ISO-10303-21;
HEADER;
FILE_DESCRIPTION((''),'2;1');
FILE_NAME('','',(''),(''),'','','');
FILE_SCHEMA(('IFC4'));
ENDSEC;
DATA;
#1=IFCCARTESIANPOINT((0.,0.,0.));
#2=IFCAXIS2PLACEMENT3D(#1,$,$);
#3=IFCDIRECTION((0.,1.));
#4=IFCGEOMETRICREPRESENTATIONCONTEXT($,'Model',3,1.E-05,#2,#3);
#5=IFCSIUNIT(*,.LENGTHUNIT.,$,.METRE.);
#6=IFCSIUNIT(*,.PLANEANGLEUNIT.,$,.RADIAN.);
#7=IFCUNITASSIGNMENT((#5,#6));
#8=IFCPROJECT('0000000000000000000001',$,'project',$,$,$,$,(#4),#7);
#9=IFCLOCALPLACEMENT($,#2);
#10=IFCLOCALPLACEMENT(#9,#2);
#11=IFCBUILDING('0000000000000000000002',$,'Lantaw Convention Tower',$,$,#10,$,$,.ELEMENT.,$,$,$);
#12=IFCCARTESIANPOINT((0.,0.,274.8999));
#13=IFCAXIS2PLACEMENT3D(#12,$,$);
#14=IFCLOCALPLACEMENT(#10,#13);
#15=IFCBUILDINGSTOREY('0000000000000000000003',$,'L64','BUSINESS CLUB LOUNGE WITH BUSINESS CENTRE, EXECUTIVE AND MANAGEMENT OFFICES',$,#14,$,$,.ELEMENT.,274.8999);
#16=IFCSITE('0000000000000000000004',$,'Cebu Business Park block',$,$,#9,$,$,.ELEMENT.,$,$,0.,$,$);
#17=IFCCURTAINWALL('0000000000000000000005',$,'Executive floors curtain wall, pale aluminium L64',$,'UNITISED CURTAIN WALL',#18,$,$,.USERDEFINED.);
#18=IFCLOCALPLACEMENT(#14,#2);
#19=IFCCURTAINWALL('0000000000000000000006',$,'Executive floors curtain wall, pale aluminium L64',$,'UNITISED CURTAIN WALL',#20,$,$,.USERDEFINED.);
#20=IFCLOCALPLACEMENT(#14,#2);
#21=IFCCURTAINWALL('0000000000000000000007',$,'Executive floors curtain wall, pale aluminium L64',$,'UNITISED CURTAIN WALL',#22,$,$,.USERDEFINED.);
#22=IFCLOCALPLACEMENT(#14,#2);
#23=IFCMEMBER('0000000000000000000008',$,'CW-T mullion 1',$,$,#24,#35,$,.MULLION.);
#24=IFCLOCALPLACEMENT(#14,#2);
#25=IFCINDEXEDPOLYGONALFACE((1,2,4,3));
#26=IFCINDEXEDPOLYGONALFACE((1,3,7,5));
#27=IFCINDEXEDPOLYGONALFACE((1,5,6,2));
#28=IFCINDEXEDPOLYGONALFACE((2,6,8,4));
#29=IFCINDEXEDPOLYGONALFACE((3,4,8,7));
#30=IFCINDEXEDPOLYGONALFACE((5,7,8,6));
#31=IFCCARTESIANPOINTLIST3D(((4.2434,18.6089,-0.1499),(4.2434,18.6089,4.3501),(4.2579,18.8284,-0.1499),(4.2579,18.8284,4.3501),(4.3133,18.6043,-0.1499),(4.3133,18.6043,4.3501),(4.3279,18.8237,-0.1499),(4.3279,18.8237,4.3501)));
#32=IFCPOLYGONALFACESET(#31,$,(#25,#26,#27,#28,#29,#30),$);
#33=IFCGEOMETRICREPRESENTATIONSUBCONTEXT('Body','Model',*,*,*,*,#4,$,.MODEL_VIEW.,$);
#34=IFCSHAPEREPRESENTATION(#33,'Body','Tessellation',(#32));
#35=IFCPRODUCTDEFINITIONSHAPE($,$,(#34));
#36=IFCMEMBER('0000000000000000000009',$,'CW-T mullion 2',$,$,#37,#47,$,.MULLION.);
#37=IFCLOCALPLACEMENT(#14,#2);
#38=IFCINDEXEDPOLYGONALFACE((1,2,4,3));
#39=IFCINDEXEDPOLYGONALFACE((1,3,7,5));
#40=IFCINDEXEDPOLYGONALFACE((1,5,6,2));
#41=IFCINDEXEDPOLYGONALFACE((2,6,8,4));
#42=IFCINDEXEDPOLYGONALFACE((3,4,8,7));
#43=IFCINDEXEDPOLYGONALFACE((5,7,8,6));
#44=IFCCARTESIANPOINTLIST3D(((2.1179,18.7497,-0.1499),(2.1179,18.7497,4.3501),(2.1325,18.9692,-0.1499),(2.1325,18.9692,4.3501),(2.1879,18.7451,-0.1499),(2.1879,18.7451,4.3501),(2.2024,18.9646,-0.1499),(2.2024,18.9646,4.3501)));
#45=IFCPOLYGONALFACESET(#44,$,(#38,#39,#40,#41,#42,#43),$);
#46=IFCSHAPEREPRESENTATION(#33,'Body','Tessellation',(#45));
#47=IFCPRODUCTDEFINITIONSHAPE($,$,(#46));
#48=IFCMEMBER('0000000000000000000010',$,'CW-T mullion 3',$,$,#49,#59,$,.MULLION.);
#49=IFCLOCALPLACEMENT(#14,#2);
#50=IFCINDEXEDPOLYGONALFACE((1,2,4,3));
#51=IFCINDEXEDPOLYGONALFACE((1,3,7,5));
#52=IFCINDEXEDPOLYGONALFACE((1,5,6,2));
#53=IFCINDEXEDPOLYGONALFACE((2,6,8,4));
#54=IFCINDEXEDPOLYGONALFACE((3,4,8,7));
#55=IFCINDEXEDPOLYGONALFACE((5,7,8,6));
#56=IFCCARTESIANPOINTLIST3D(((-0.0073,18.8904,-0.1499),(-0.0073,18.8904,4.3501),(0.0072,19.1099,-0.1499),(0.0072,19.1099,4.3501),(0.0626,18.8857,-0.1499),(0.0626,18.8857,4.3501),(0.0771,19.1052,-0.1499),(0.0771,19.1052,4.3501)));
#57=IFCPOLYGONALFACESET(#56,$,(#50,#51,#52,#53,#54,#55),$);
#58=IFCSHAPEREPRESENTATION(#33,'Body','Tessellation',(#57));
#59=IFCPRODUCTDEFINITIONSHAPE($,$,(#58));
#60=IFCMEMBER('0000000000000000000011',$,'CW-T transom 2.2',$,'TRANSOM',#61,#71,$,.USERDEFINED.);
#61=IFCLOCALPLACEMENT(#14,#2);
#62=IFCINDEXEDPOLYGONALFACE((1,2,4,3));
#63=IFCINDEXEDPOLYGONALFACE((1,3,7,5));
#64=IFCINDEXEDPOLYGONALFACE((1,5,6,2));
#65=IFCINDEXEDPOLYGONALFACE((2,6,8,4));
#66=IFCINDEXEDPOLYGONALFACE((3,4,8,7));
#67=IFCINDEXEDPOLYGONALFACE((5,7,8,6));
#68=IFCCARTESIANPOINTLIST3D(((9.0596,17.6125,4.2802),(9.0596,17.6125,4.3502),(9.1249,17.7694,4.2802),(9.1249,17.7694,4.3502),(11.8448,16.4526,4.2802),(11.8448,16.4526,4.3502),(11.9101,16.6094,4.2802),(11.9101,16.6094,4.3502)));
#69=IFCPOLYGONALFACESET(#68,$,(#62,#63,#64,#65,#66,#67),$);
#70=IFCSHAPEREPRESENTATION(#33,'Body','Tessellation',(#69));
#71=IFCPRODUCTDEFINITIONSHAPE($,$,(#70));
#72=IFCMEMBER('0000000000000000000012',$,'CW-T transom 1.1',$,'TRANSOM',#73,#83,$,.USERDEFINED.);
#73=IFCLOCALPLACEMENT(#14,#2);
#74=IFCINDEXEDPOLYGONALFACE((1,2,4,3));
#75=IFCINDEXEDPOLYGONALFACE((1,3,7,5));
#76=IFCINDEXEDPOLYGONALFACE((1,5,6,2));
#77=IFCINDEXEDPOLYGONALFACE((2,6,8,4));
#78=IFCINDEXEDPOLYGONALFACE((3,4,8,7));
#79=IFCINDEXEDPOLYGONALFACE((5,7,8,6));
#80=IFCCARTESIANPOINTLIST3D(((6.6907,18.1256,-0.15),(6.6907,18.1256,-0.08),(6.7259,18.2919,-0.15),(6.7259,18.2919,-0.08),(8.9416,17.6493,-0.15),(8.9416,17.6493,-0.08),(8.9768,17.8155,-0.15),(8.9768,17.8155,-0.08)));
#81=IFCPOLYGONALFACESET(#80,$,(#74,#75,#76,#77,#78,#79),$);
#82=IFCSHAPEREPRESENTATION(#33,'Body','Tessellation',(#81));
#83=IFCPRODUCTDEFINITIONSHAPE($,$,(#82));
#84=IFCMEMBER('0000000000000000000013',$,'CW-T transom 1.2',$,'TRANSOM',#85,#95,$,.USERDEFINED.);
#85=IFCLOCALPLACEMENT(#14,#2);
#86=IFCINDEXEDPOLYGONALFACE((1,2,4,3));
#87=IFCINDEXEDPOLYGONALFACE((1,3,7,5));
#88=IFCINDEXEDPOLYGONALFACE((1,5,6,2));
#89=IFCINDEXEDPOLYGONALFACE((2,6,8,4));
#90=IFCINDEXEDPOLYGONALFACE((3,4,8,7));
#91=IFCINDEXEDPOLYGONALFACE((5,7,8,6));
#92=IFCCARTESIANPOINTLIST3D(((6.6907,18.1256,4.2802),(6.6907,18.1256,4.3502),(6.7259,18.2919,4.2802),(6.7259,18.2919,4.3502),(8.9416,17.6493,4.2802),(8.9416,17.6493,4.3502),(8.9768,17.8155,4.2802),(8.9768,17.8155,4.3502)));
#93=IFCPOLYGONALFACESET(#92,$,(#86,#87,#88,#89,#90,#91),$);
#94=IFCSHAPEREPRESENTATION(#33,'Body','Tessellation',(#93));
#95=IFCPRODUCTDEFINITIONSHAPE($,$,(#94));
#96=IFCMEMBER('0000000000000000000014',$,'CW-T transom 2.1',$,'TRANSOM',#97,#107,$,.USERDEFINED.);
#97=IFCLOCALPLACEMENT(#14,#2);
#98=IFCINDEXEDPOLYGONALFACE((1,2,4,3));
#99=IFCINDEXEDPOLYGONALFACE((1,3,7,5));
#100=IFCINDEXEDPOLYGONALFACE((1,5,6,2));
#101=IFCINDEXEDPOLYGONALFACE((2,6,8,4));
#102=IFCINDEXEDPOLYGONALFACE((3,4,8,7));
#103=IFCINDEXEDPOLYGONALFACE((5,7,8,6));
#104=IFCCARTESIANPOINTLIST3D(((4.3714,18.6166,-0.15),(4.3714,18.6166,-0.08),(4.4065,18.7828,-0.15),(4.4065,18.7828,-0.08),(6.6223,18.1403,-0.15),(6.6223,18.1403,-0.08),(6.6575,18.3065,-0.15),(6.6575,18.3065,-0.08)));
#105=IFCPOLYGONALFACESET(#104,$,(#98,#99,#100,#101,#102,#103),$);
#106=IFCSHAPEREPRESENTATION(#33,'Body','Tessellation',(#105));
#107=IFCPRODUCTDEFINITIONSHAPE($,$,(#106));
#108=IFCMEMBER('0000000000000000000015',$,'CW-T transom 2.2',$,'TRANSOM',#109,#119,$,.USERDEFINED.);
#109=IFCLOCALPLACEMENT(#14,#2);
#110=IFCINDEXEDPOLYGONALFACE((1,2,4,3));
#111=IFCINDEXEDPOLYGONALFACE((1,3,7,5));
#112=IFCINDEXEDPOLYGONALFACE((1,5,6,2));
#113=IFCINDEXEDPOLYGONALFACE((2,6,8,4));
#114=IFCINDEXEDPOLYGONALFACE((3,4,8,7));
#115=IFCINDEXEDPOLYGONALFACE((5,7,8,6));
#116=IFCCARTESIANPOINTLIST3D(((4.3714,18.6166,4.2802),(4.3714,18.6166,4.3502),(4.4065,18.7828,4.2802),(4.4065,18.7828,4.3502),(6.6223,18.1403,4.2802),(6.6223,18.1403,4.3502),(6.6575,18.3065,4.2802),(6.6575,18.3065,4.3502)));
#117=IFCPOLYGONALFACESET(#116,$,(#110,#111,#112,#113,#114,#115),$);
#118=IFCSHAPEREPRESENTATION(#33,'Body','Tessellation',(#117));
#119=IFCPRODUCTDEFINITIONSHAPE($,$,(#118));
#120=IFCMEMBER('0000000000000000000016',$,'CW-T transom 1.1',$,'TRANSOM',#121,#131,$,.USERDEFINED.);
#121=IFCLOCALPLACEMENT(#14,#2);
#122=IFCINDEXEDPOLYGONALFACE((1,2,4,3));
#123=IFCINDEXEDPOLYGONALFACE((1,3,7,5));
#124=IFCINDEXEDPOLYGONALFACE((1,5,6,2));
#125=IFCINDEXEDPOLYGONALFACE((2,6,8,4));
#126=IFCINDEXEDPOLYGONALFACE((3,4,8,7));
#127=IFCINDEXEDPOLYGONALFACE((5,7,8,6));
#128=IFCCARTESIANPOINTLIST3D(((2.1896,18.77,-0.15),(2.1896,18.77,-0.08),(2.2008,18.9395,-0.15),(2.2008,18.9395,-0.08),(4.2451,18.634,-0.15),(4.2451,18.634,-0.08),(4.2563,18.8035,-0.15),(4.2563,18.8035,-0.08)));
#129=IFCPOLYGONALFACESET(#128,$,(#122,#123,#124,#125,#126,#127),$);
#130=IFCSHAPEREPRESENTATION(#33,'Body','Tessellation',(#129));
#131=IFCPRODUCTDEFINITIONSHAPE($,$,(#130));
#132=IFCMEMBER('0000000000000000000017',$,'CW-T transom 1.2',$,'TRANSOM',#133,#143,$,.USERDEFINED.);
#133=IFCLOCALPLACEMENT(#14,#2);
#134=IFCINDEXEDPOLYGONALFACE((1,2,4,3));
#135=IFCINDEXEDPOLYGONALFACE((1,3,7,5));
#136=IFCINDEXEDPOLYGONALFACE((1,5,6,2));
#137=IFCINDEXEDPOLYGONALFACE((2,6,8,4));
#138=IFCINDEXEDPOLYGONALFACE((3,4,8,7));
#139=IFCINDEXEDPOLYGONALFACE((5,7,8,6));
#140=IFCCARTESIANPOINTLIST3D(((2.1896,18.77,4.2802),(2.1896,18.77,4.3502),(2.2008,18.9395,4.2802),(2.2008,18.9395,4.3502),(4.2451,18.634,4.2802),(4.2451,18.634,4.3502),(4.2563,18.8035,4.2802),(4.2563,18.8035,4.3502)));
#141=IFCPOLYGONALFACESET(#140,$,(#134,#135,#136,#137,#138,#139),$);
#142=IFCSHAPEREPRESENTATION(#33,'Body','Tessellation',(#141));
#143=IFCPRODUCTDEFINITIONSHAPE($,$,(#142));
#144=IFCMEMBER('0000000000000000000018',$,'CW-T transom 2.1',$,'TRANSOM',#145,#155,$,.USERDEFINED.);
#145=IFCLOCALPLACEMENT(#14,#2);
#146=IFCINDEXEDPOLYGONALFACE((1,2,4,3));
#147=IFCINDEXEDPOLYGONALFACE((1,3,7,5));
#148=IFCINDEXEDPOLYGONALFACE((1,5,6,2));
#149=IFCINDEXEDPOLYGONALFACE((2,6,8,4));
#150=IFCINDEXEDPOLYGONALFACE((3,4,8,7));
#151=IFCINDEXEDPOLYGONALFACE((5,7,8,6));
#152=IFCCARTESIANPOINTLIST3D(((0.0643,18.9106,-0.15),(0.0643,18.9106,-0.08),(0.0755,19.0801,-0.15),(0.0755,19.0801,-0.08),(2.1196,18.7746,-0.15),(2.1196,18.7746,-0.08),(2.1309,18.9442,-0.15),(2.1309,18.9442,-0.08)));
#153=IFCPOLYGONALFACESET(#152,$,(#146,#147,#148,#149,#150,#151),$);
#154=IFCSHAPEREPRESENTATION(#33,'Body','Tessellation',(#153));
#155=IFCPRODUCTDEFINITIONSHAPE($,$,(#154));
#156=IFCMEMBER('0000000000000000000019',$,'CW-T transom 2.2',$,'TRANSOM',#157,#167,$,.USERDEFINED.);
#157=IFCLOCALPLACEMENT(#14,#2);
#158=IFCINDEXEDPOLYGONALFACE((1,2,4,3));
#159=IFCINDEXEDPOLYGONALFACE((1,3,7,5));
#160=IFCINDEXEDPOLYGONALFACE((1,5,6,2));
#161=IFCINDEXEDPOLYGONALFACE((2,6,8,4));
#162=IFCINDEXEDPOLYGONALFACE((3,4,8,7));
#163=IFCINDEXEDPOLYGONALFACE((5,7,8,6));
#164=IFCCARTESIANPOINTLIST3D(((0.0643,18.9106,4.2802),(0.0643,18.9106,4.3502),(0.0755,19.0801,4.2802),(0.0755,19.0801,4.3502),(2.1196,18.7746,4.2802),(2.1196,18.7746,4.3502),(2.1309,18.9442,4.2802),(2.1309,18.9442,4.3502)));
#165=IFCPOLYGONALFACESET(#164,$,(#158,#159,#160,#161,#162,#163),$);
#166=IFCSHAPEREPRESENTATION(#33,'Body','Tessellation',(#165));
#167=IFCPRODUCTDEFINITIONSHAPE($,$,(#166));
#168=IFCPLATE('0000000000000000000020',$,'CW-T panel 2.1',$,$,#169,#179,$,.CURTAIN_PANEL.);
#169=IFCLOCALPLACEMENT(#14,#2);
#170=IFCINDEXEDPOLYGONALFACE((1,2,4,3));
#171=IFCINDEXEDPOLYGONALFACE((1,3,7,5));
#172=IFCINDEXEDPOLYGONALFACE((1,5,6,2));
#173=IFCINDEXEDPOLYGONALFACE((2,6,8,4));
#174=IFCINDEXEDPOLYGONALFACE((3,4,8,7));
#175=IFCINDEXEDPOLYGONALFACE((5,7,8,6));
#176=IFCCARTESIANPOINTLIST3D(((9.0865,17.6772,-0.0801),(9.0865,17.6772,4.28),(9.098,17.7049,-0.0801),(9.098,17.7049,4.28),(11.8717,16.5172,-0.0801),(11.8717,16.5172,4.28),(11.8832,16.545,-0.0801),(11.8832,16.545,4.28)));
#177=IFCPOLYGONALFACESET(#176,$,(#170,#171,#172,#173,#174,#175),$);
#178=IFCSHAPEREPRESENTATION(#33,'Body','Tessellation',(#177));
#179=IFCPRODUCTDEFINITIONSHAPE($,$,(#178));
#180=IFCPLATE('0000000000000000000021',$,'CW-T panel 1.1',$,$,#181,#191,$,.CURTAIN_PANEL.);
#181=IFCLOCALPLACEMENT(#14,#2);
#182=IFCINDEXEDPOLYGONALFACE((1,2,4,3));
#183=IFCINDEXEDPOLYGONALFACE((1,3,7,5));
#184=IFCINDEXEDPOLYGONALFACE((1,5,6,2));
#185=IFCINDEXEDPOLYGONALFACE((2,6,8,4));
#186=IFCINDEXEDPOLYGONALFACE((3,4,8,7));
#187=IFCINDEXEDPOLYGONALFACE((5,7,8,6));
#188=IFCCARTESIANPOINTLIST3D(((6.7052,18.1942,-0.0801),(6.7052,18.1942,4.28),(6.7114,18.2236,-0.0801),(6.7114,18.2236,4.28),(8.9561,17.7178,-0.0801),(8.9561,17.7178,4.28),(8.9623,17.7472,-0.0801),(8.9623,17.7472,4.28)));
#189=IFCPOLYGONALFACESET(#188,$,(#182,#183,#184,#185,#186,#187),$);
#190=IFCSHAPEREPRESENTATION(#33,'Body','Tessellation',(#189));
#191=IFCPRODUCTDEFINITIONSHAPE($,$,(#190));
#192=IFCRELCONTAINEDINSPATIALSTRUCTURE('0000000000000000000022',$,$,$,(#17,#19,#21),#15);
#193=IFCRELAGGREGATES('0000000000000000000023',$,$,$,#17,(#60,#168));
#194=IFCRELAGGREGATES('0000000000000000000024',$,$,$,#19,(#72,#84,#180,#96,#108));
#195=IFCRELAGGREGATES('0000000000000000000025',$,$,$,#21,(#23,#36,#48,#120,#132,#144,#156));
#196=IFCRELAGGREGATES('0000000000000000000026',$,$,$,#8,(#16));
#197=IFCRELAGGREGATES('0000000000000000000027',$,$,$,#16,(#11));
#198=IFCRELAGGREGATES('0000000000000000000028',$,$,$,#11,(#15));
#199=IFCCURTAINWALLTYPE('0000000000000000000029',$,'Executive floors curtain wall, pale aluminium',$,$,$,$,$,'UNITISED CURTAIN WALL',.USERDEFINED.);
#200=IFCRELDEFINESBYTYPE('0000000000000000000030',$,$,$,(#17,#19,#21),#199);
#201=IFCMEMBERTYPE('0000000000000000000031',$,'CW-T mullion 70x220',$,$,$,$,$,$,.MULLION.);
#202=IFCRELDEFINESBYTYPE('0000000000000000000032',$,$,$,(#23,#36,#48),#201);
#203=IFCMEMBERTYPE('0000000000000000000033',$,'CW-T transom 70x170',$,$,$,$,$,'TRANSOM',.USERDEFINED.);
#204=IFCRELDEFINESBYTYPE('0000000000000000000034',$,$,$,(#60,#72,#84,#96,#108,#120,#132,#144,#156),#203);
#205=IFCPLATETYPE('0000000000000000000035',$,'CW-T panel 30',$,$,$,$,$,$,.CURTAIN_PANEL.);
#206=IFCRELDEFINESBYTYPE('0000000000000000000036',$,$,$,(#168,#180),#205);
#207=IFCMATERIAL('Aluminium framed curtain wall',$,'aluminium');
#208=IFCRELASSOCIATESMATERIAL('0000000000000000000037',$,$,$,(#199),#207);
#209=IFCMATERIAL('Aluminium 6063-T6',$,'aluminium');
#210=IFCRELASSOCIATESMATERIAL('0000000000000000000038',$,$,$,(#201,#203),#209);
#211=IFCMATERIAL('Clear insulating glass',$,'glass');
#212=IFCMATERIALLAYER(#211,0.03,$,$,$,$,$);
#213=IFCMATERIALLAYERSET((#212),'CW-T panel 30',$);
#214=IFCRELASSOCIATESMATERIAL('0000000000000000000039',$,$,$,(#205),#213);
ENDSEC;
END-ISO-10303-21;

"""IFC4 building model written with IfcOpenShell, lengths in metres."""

from ifc_helpers import new_model, si_unit, direction, frame, origin, origin_2d, place, context, subcontext, project, spatial, rectangle, extrude, material, layer, layer_set, material_profile, profile_set, type_object, element, aggregate, save


model = new_model("IFC4")

# Units and contexts
model_context = context("Model", 3, precision=1e-05, world=origin(), true_north=direction((0.0, 1.0)))
body_context = subcontext(model_context, "Body", "Model", "MODEL_VIEW")
ifc_project = project(units=[si_unit("LENGTHUNIT", "METRE"), si_unit("PLANEANGLEUNIT", "RADIAN")], contexts=[model_context])

# Site, building, storey
site_placement = place(None, origin())
site = spatial("IfcSite", under=ifc_project, at=site_placement, Name="Cebu Business Park block", CompositionType="ELEMENT", RefElevation=0.0)
building_placement = place(site_placement, origin())
building = spatial("IfcBuilding", under=site, at=building_placement, Name="Lantaw Convention Tower", CompositionType="ELEMENT")
storey_placement = place(building_placement, frame((0.0, 0.0, 274.8999)))
storey = spatial("IfcBuildingStorey", under=building, at=storey_placement, Name="L64", Description="BUSINESS CLUB LOUNGE WITH BUSINESS CENTRE, EXECUTIVE AND MANAGEMENT OFFICES", CompositionType="ELEMENT", Elevation=274.8999)

# Curtain wall
ifc_material_1 = material(Name="Aluminium framed curtain wall", Category="aluminium")
curtain_wall_type = type_object("IfcCurtainWallType", Name="Executive floors curtain wall, pale aluminium", ElementType="UNITISED CURTAIN WALL", PredefinedType="USERDEFINED", material=ifc_material_1)
curtain_wall_1_placement = place(storey_placement, origin())
curtain_wall_1 = element("IfcCurtainWall", 1, at=curtain_wall_1_placement, inside=storey, type_object=curtain_wall_type, Name="Executive floors curtain wall, pale aluminium L64", ObjectType="UNITISED CURTAIN WALL", PredefinedType="USERDEFINED")
ifc_material_2 = material(Name="Aluminium 6063-T6", Category="aluminium")
ifc_material_profile_1 = material_profile(ifc_material_2, rectangle(XDim=0.22, YDim=0.0701, at=origin_2d()), Name="CW-T mullion 70x220")
ifc_profile_set_1 = profile_set([ifc_material_profile_1], Name="Aluminium 6063-T6")
member_type_1 = type_object("IfcMemberType", Name="CW-T mullion 70x220", PredefinedType="MULLION", material=ifc_profile_set_1)

# Curtain walls, members
curtain_wall_2_placement = place(storey_placement, origin())
curtain_wall_2 = element("IfcCurtainWall", 2, at=curtain_wall_2_placement, inside=storey, type_object=curtain_wall_type, Name="Executive floors curtain wall, pale aluminium L64", ObjectType="UNITISED CURTAIN WALL", PredefinedType="USERDEFINED")
curtain_wall_3_placement = place(storey_placement, origin())
curtain_wall_3 = element("IfcCurtainWall", 3, at=curtain_wall_3_placement, inside=storey, type_object=curtain_wall_type, Name="Executive floors curtain wall, pale aluminium L64", ObjectType="UNITISED CURTAIN WALL", PredefinedType="USERDEFINED")
member_1_placement = place(storey_placement, frame((4.2856, 18.7163, -0.1499), z_axis=(0.0, 0.0, 1.0), x_axis=(-0.066025, -0.997818, 0.0)))
member_1 = element("IfcMember", 4, at=member_1_placement, type_object=member_type_1, Name="CW-T mullion 1", PredefinedType="MULLION", context=body_context, shape_type="SweptSolid", body=[
    extrude(rectangle(XDim=0.22, YDim=0.0701, at=origin_2d()), origin(), (0.0, 0.0, 1.0), 4.5),
])
member_2_placement = place(storey_placement, frame((2.1602, 18.8572, -0.1499), z_axis=(0.0, 0.0, 1.0), x_axis=(-0.066025, -0.997818, 0.0)))
member_2 = element("IfcMember", 5, at=member_2_placement, type_object=member_type_1, Name="CW-T mullion 2", PredefinedType="MULLION", context=body_context, shape_type="SweptSolid", body=[
    extrude(rectangle(XDim=0.22, YDim=0.0701, at=origin_2d()), origin(), (0.0, 0.0, 1.0), 4.5),
])
member_3_placement = place(storey_placement, frame((0.0349, 18.9978, -0.1499), z_axis=(0.0, 0.0, 1.0), x_axis=(-0.066025, -0.997818, 0.0)))
member_3 = element("IfcMember", 6, at=member_3_placement, type_object=member_type_1, Name="CW-T mullion 3", PredefinedType="MULLION", context=body_context, shape_type="SweptSolid", body=[
    extrude(rectangle(XDim=0.22, YDim=0.0701, at=origin_2d()), origin(), (0.0, 0.0, 1.0), 4.5),
])

# Members
ifc_material_profile_2 = material_profile(ifc_material_2, rectangle(XDim=0.1699, YDim=0.0701, at=origin_2d()), Name="CW-T transom 70x170")
ifc_profile_set_2 = profile_set([ifc_material_profile_2], Name="Aluminium 6063-T6")
member_type_2 = type_object("IfcMemberType", Name="CW-T transom 70x170", ElementType="TRANSOM", PredefinedType="USERDEFINED", material=ifc_profile_set_2)
member_4_placement = place(storey_placement, frame((11.8774, 16.531, 4.3152), z_axis=(-0.923144, 0.384454, 0.0), x_axis=(-0.384454, -0.923144, 0.0)))
member_4 = element("IfcMember", 7, at=member_4_placement, type_object=member_type_2, Name="CW-T transom 2.2", ObjectType="TRANSOM", PredefinedType="USERDEFINED", context=body_context, shape_type="SweptSolid", body=[
    extrude(rectangle(XDim=0.1699, YDim=0.0701, at=origin_2d()), origin(), (0.0, 0.0, 1.0), 3.0171),
])
member_5_placement = place(storey_placement, frame((8.9592, 17.7324, -0.115), z_axis=(-0.978336, 0.207021, 0.0), x_axis=(-0.207021, -0.978336, 0.0)))
member_5 = element("IfcMember", 8, at=member_5_placement, type_object=member_type_2, Name="CW-T transom 1.1", ObjectType="TRANSOM", PredefinedType="USERDEFINED", context=body_context, shape_type="SweptSolid", body=[
    extrude(rectangle(XDim=0.1699, YDim=0.0701, at=origin_2d()), origin(), (0.0, 0.0, 1.0), 2.3008),
])
member_6_placement = place(storey_placement, frame((8.9592, 17.7324, 4.3152), z_axis=(-0.978336, 0.207021, 0.0), x_axis=(-0.207021, -0.978336, 0.0)))
member_6 = element("IfcMember", 9, at=member_6_placement, type_object=member_type_2, Name="CW-T transom 1.2", ObjectType="TRANSOM", PredefinedType="USERDEFINED", context=body_context, shape_type="SweptSolid", body=[
    extrude(rectangle(XDim=0.1699, YDim=0.0701, at=origin_2d()), origin(), (0.0, 0.0, 1.0), 2.3008),
])
member_7_placement = place(storey_placement, frame((6.6399, 18.2234, -0.115), z_axis=(-0.978336, 0.207021, 0.0), x_axis=(-0.207021, -0.978336, 0.0)))
member_7 = element("IfcMember", 10, at=member_7_placement, type_object=member_type_2, Name="CW-T transom 2.1", ObjectType="TRANSOM", PredefinedType="USERDEFINED", context=body_context, shape_type="SweptSolid", body=[
    extrude(rectangle(XDim=0.1699, YDim=0.0701, at=origin_2d()), origin(), (0.0, 0.0, 1.0), 2.3008),
])
member_8_placement = place(storey_placement, frame((6.6399, 18.2234, 4.3152), z_axis=(-0.978336, 0.207021, 0.0), x_axis=(-0.207021, -0.978336, 0.0)))
member_8 = element("IfcMember", 11, at=member_8_placement, type_object=member_type_2, Name="CW-T transom 2.2", ObjectType="TRANSOM", PredefinedType="USERDEFINED", context=body_context, shape_type="SweptSolid", body=[
    extrude(rectangle(XDim=0.1699, YDim=0.0701, at=origin_2d()), origin(), (0.0, 0.0, 1.0), 2.3008),
])
member_9_placement = place(storey_placement, frame((4.2507, 18.7188, -0.115), z_axis=(-0.997819, 0.066008, 0.0), x_axis=(-0.066008, -0.997819, 0.0)))
member_9 = element("IfcMember", 12, at=member_9_placement, type_object=member_type_2, Name="CW-T transom 1.1", ObjectType="TRANSOM", PredefinedType="USERDEFINED", context=body_context, shape_type="SweptSolid", body=[
    extrude(rectangle(XDim=0.1699, YDim=0.0701, at=origin_2d()), origin(), (0.0, 0.0, 1.0), 2.0601),
])
member_10_placement = place(storey_placement, frame((4.2507, 18.7188, 4.3152), z_axis=(-0.997819, 0.066008, 0.0), x_axis=(-0.066008, -0.997819, 0.0)))
member_10 = element("IfcMember", 13, at=member_10_placement, type_object=member_type_2, Name="CW-T transom 1.2", ObjectType="TRANSOM", PredefinedType="USERDEFINED", context=body_context, shape_type="SweptSolid", body=[
    extrude(rectangle(XDim=0.1699, YDim=0.0701, at=origin_2d()), origin(), (0.0, 0.0, 1.0), 2.0601),
])
member_11_placement = place(storey_placement, frame((2.1252, 18.8594, -0.115), z_axis=(-0.997819, 0.066016, 0.0), x_axis=(-0.066016, -0.997819, 0.0)))
member_11 = element("IfcMember", 14, at=member_11_placement, type_object=member_type_2, Name="CW-T transom 2.1", ObjectType="TRANSOM", PredefinedType="USERDEFINED", context=body_context, shape_type="SweptSolid", body=[
    extrude(rectangle(XDim=0.1699, YDim=0.0701, at=origin_2d()), origin(), (0.0, 0.0, 1.0), 2.0598),
])
member_12_placement = place(storey_placement, frame((2.1252, 18.8594, 4.3152), z_axis=(-0.997819, 0.066016, 0.0), x_axis=(-0.066016, -0.997819, 0.0)))
member_12 = element("IfcMember", 15, at=member_12_placement, type_object=member_type_2, Name="CW-T transom 2.2", ObjectType="TRANSOM", PredefinedType="USERDEFINED", context=body_context, shape_type="SweptSolid", body=[
    extrude(rectangle(XDim=0.1699, YDim=0.0701, at=origin_2d()), origin(), (0.0, 0.0, 1.0), 2.0598),
])

# Plates
ifc_material_3 = material(Name="Clear insulating glass", Category="glass")
ifc_layer_1 = layer(ifc_material_3, 0.03)
ifc_layer_set_1 = layer_set([ifc_layer_1], Name="CW-T panel 30")
plate_type_1 = type_object("IfcPlateType", Name="CW-T panel 30", PredefinedType="CURTAIN_PANEL", material=ifc_layer_set_1)
plate_1_placement = place(storey_placement, frame((10.4849, 17.1111, -0.0801), z_axis=(0.0, 0.0, 1.0), x_axis=(-0.923142, 0.38446, 0.0)))
plate_1 = element("IfcPlate", 16, at=plate_1_placement, type_object=plate_type_1, Name="CW-T panel 2.1", PredefinedType="CURTAIN_PANEL", context=body_context, shape_type="SweptSolid", body=[
    extrude(rectangle(XDim=3.0171, YDim=0.03, at=origin_2d()), origin(), (0.0, 0.0, 1.0), 4.3601),
])
aggregate(curtain_wall_1, [member_4, plate_1])
plate_2_placement = place(storey_placement, frame((7.8337, 17.9707, -0.0801), z_axis=(0.0, 0.0, 1.0), x_axis=(-0.978332, 0.20704, 0.0)))
plate_2 = element("IfcPlate", 17, at=plate_2_placement, type_object=plate_type_1, Name="CW-T panel 1.1", PredefinedType="CURTAIN_PANEL", context=body_context, shape_type="SweptSolid", body=[
    extrude(rectangle(XDim=2.3008, YDim=0.03, at=origin_2d()), origin(), (0.0, 0.0, 1.0), 4.3601),
])
aggregate(curtain_wall_2, [member_5, member_6, plate_2, member_7, member_8])
aggregate(curtain_wall_3, [member_1, member_2, member_3, member_9, member_10, member_11, member_12])

save(model, "model.ifc")
